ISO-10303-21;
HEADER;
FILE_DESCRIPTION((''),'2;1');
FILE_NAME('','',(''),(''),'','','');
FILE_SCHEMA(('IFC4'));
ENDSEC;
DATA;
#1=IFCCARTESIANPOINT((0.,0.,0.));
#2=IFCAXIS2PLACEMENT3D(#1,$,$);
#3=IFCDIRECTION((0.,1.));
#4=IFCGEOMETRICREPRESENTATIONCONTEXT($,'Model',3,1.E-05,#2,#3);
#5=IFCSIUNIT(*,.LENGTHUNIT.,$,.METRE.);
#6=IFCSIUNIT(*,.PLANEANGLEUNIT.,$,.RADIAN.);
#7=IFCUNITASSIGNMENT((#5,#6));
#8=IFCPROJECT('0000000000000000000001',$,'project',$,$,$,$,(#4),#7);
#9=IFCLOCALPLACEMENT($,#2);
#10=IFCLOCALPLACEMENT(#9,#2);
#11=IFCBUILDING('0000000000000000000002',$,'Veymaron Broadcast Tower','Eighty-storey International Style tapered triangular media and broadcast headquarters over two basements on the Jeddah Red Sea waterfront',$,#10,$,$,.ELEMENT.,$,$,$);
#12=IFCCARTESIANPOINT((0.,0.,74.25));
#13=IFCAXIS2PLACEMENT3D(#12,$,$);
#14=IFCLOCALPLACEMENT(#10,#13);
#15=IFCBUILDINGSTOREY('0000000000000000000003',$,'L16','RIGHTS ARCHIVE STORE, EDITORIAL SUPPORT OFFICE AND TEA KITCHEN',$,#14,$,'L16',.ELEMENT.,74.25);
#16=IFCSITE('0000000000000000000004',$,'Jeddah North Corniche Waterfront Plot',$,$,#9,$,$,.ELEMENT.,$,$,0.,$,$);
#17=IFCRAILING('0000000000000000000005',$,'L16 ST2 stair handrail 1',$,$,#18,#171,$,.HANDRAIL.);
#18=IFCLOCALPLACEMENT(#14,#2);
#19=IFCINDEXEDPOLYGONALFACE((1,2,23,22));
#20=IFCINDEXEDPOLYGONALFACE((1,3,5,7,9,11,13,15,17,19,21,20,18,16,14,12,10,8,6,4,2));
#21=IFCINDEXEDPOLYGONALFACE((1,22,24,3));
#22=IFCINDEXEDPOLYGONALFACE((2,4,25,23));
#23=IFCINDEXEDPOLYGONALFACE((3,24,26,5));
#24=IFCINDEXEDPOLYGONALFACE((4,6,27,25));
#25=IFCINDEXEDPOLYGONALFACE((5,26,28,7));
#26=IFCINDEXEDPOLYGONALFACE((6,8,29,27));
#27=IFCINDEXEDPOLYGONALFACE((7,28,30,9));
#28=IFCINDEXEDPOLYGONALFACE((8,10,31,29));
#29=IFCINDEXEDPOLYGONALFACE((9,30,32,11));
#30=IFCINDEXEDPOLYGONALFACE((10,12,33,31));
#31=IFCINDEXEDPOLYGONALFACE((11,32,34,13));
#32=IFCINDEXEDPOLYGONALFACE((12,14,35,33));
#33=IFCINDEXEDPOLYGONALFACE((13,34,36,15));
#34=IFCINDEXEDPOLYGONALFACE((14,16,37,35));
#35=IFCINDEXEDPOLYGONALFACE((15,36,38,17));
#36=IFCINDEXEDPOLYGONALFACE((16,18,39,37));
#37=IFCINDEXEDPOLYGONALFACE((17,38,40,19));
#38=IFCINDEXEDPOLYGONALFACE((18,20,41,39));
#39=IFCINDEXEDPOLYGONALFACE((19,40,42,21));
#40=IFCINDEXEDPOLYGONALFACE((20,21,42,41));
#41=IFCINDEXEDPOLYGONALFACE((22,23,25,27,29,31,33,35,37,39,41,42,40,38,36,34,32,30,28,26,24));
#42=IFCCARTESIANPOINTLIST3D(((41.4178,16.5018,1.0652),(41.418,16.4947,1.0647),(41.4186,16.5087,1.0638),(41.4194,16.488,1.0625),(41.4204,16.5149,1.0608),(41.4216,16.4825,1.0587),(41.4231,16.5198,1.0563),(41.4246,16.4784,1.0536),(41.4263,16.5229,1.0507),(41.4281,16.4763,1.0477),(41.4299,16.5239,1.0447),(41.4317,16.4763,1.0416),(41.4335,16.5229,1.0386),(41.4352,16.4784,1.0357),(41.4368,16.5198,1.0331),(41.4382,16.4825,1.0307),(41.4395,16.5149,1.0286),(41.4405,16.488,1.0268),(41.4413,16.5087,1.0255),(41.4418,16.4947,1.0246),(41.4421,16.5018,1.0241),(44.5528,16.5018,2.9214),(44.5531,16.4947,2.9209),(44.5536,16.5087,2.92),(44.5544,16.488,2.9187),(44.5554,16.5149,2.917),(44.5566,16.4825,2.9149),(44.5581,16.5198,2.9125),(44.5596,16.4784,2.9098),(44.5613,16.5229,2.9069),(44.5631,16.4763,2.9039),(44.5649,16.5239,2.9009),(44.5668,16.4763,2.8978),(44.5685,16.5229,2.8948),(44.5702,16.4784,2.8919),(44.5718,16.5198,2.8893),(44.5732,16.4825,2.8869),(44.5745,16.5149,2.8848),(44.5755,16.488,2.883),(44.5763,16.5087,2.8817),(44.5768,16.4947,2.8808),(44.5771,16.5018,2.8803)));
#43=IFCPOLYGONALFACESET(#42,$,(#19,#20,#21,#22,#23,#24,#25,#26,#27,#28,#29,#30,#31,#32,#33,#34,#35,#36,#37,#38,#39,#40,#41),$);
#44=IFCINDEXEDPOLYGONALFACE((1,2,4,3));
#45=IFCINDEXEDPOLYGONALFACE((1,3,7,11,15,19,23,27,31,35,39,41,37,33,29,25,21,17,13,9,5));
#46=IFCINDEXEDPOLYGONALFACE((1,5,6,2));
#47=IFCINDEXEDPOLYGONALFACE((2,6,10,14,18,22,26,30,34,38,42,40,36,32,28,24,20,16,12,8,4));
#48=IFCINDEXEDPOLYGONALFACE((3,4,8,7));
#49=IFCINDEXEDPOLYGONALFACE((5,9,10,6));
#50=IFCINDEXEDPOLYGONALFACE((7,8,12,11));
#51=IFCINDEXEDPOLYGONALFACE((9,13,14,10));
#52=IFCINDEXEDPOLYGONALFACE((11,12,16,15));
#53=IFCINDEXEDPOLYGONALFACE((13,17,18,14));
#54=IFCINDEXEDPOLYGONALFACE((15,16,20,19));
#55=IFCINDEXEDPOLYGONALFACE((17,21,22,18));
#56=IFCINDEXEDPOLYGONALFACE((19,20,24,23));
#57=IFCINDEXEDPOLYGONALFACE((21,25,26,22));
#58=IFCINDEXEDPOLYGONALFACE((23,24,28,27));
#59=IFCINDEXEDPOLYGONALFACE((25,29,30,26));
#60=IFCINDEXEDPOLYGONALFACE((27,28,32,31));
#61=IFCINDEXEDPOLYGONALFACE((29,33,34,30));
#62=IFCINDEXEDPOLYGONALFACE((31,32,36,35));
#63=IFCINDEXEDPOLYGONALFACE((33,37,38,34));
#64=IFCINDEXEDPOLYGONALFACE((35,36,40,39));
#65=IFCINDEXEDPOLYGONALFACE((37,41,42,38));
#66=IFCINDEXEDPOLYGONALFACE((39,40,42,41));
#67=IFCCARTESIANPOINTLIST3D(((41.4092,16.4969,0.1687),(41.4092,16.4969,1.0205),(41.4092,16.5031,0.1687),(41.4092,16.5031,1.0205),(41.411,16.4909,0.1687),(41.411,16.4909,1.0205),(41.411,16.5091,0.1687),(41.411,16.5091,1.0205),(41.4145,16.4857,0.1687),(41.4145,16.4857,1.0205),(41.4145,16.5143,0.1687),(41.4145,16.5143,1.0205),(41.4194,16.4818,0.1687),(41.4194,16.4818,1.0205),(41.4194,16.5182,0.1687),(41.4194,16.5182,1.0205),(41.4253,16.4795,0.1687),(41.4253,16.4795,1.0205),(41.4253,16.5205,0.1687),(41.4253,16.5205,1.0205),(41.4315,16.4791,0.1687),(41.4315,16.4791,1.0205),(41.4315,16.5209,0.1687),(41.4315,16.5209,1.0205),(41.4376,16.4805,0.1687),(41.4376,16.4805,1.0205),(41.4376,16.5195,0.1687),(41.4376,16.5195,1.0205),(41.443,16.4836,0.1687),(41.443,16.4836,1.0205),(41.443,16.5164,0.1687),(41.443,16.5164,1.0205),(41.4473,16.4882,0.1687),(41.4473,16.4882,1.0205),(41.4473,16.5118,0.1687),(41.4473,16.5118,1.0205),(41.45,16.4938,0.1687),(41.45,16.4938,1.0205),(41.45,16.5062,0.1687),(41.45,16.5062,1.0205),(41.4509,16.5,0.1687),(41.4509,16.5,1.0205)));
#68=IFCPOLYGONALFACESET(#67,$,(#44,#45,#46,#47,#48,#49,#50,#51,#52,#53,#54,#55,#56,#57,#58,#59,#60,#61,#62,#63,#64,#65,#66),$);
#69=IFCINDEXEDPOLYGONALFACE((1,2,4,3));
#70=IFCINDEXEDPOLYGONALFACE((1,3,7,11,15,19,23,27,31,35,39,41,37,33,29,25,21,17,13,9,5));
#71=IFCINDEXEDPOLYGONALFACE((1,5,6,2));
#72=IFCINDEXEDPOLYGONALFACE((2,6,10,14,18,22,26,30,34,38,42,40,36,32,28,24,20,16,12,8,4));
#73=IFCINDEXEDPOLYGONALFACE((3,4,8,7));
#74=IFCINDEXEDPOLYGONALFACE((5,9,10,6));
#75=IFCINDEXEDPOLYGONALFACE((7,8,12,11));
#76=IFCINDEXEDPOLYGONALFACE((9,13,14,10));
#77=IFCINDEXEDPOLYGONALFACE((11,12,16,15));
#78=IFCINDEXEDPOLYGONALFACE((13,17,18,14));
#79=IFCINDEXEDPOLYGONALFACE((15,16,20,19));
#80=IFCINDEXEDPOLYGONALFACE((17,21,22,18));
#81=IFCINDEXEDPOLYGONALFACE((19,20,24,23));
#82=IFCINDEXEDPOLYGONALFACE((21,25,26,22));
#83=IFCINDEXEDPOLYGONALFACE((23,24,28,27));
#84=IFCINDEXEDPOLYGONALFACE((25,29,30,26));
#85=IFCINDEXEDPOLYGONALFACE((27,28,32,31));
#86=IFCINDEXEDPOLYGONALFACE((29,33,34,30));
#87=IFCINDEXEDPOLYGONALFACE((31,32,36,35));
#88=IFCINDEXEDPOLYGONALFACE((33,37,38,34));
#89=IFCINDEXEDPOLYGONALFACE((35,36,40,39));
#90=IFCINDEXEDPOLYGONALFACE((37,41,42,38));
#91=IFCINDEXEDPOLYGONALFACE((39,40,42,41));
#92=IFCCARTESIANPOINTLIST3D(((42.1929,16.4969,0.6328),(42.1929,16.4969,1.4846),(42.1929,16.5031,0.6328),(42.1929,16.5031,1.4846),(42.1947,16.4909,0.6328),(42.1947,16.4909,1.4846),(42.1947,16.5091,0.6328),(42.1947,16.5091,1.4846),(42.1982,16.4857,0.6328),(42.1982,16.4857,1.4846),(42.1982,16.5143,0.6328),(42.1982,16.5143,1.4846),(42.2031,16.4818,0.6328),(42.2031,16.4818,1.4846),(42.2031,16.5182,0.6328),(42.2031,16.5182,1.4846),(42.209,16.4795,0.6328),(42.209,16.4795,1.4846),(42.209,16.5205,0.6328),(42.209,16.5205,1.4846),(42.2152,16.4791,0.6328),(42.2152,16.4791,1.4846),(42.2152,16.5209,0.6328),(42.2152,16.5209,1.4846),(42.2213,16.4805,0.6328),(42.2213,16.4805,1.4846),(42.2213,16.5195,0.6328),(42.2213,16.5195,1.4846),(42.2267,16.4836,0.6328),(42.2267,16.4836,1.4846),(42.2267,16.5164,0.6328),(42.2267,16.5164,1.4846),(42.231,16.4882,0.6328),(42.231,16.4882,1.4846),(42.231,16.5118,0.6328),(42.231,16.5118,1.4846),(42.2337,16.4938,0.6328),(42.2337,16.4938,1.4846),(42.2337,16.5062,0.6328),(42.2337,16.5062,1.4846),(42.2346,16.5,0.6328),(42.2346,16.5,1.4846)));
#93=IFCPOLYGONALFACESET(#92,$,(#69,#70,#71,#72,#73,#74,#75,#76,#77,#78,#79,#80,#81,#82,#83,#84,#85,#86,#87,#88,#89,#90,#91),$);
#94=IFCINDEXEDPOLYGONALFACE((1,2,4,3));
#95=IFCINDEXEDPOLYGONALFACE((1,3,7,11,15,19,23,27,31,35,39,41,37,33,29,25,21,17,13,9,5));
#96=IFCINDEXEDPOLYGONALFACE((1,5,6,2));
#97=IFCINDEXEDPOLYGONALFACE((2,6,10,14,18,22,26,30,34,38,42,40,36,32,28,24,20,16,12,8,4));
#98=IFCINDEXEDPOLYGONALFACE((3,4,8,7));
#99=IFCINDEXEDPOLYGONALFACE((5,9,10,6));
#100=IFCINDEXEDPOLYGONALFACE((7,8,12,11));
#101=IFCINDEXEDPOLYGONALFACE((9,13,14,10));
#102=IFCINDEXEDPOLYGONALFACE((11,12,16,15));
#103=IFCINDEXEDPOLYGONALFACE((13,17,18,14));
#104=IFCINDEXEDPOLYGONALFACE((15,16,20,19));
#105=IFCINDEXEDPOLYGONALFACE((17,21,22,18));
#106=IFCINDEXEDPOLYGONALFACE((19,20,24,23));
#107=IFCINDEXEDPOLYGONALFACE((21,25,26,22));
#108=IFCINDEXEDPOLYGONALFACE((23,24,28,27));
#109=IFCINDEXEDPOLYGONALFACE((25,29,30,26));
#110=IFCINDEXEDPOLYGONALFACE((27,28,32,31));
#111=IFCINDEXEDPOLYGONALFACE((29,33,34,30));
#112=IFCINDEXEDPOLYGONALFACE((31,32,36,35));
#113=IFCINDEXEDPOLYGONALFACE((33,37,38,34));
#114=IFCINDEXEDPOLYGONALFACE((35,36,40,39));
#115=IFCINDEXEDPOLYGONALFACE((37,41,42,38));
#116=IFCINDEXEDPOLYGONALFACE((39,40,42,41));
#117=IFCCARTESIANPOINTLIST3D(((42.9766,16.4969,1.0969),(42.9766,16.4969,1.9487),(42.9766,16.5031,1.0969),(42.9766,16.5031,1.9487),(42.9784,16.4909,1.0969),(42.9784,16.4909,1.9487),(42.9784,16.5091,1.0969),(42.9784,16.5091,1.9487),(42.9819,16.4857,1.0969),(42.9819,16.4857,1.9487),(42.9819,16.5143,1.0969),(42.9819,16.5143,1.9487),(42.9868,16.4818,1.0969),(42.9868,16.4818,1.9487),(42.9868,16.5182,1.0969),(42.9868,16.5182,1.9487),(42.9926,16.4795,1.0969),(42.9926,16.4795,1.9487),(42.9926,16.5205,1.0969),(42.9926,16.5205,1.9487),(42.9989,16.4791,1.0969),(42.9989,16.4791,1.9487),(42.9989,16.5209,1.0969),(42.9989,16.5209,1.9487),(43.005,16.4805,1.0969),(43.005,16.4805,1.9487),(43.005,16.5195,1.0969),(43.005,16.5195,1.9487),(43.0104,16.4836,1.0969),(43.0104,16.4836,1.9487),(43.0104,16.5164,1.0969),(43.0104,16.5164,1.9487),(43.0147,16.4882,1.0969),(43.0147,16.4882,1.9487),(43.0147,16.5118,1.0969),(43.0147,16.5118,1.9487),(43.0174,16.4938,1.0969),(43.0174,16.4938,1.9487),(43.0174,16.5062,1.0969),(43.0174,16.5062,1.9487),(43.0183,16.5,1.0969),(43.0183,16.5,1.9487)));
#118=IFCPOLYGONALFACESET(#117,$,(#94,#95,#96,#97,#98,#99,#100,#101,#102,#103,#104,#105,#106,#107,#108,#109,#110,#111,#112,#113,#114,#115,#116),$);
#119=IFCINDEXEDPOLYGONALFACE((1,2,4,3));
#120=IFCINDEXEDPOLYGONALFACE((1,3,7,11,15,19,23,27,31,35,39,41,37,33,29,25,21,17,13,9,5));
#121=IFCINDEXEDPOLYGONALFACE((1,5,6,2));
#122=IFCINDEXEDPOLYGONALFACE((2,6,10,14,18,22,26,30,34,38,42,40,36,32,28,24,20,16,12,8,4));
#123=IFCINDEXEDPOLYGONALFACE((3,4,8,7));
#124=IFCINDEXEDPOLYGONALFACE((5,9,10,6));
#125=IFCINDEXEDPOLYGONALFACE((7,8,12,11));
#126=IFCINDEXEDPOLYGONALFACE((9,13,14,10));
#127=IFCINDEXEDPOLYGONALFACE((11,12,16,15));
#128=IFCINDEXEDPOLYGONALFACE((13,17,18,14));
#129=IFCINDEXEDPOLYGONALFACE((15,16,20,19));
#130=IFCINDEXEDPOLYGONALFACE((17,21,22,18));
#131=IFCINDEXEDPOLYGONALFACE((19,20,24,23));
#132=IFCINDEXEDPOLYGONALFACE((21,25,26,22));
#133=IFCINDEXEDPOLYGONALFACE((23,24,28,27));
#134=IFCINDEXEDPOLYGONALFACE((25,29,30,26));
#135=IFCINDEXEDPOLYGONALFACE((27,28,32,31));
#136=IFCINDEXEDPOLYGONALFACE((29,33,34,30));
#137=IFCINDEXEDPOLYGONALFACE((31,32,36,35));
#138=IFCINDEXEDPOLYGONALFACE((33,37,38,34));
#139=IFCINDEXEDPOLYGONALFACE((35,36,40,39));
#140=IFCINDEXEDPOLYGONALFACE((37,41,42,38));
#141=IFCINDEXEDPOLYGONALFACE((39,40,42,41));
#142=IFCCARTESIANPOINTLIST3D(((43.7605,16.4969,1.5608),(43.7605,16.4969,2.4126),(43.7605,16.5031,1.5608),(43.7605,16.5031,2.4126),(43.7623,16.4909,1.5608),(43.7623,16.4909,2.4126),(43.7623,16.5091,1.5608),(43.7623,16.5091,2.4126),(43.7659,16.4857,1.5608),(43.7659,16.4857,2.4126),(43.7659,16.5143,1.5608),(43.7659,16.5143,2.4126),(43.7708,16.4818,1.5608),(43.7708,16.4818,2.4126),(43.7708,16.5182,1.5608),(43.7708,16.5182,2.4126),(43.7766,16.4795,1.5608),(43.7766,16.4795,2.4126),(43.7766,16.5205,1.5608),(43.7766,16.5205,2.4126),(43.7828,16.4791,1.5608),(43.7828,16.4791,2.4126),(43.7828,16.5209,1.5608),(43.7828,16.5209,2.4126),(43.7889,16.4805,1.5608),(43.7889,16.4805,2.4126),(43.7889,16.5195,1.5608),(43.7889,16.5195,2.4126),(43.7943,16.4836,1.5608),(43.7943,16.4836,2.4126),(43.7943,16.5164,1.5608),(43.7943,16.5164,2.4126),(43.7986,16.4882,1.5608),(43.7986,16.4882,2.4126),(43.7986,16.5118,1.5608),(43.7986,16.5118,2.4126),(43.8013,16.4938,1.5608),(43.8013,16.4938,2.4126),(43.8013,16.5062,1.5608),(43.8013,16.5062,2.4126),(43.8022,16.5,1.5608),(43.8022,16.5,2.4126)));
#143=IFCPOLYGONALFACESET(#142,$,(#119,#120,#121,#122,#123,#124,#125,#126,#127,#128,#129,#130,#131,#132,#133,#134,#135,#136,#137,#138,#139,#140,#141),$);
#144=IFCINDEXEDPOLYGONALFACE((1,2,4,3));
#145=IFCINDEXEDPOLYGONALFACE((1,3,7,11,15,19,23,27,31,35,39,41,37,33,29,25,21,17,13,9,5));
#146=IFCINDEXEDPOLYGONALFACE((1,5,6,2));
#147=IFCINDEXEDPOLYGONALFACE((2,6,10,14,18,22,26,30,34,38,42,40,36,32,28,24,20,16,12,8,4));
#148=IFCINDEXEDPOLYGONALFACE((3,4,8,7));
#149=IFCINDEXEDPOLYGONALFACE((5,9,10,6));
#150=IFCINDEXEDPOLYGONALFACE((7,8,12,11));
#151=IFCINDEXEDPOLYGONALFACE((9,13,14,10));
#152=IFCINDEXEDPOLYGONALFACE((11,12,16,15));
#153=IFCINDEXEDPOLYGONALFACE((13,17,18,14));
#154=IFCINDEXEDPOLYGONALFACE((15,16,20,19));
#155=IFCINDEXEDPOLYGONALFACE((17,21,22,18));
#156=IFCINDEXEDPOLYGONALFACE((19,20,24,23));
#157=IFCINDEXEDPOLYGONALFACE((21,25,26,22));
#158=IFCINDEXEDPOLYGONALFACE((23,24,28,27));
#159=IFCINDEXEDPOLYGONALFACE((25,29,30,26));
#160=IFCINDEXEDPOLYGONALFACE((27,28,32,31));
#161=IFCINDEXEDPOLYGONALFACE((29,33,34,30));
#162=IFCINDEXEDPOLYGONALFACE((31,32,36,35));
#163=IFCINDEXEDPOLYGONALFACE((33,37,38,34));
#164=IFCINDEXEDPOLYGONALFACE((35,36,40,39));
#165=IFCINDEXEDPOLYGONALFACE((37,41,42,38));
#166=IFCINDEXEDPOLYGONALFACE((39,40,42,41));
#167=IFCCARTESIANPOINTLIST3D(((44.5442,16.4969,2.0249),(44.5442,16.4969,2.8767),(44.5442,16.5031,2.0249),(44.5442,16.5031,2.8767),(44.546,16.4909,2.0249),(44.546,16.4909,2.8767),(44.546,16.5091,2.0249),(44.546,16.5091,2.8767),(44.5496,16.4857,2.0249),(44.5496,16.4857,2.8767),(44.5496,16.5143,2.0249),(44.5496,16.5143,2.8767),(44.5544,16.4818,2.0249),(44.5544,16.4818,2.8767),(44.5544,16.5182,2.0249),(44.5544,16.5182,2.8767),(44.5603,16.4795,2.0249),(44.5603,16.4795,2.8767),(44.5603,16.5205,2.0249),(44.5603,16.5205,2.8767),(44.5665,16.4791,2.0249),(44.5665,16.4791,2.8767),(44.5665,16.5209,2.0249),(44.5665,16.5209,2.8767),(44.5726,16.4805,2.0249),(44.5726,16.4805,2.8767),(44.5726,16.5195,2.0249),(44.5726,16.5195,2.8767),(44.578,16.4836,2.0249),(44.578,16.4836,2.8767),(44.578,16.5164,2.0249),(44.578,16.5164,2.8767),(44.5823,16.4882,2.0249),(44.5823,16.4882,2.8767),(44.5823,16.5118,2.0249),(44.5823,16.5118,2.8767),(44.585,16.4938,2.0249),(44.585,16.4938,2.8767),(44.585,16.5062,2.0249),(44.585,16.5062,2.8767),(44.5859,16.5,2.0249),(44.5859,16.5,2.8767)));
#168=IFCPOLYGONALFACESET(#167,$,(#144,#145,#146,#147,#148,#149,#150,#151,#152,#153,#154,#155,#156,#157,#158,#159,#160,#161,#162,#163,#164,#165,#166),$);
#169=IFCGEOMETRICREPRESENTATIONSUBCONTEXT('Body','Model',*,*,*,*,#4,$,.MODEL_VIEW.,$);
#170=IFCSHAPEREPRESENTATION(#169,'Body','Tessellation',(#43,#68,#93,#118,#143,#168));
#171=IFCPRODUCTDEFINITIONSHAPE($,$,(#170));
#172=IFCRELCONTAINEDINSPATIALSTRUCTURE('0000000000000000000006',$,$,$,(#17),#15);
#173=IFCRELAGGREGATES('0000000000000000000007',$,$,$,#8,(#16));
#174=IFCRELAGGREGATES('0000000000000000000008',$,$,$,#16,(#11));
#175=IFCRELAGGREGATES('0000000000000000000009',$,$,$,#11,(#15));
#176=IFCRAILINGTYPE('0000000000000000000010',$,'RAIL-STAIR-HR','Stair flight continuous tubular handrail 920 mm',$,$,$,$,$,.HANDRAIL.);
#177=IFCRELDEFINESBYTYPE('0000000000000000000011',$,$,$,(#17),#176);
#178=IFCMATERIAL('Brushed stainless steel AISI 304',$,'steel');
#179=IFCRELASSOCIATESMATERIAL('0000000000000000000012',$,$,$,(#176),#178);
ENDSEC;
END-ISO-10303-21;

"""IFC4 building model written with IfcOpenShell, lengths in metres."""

from ifc_helpers import new_model, si_unit, direction, frame, origin, origin_2d, place, context, subcontext, project, spatial, circle, extrude, material, type_object, element, save


model = new_model("IFC4")

# Units and contexts
model_context = context("Model", 3, precision=1e-05, world=origin(), true_north=direction((0.0, 1.0)))
body_context = subcontext(model_context, "Body", "Model", "MODEL_VIEW")
ifc_project = project(units=[si_unit("LENGTHUNIT", "METRE"), si_unit("PLANEANGLEUNIT", "RADIAN")], contexts=[model_context])

# Site, building, storey
site_placement = place(None, origin())
site = spatial("IfcSite", under=ifc_project, at=site_placement, Name="Jeddah North Corniche Waterfront Plot", CompositionType="ELEMENT", RefElevation=0.0)
building_placement = place(site_placement, origin())
building = spatial("IfcBuilding", under=site, at=building_placement, Name="Veymaron Broadcast Tower", Description="Eighty-storey International Style tapered triangular media and broadcast headquarters over two basements on the Jeddah Red Sea waterfront", CompositionType="ELEMENT")
storey_placement = place(building_placement, frame((0.0, 0.0, 74.25)))
storey = spatial("IfcBuildingStorey", under=building, at=storey_placement, Name="L16", Description="RIGHTS ARCHIVE STORE, EDITORIAL SUPPORT OFFICE AND TEA KITCHEN", LongName="L16", CompositionType="ELEMENT", Elevation=74.25)

# Railing
ifc_material_1 = material(Name="Brushed stainless steel AISI 304", Category="steel")
railing_type_1 = type_object("IfcRailingType", Name="RAIL-STAIR-HR", Description="Stair flight continuous tubular handrail 920 mm", PredefinedType="HANDRAIL", material=ifc_material_1)
railing_1_placement = place(storey_placement, frame((41.4299, 16.5, 0.1687)))
element("IfcRailing", 1, at=railing_1_placement, inside=storey, type_object=railing_type_1, Name="L16 ST2 stair handrail 1", PredefinedType="HANDRAIL", context=body_context, shape_type="SweptSolid", body=[
    extrude(circle(Radius=0.0239, at=origin_2d()), frame((0.0, 0.0, 0.876), z_axis=(0.860482, 0.0, 0.509481), x_axis=(0.0, 1.0, 0.0)), (0.0, 0.0, 1.0), 3.6433),
    extrude(circle(Radius=0.021, at=origin_2d()), origin(), (0.0, 0.0, 1.0), 0.8518),
    extrude(circle(Radius=0.021, at=origin_2d()), frame((0.7837, 0.0, 0.4641)), (0.0, 0.0, 1.0), 0.8518),
    extrude(circle(Radius=0.021, at=origin_2d()), frame((1.5674, 0.0, 0.9282)), (0.0, 0.0, 1.0), 0.8518),
    extrude(circle(Radius=0.021, at=origin_2d()), frame((2.3513, 0.0, 1.3921)), (0.0, 0.0, 1.0), 0.8518),
    extrude(circle(Radius=0.021, at=origin_2d()), frame((3.135, 0.0, 1.8562)), (0.0, 0.0, 1.0), 0.8518),
])

save(model, "model.ifc")
